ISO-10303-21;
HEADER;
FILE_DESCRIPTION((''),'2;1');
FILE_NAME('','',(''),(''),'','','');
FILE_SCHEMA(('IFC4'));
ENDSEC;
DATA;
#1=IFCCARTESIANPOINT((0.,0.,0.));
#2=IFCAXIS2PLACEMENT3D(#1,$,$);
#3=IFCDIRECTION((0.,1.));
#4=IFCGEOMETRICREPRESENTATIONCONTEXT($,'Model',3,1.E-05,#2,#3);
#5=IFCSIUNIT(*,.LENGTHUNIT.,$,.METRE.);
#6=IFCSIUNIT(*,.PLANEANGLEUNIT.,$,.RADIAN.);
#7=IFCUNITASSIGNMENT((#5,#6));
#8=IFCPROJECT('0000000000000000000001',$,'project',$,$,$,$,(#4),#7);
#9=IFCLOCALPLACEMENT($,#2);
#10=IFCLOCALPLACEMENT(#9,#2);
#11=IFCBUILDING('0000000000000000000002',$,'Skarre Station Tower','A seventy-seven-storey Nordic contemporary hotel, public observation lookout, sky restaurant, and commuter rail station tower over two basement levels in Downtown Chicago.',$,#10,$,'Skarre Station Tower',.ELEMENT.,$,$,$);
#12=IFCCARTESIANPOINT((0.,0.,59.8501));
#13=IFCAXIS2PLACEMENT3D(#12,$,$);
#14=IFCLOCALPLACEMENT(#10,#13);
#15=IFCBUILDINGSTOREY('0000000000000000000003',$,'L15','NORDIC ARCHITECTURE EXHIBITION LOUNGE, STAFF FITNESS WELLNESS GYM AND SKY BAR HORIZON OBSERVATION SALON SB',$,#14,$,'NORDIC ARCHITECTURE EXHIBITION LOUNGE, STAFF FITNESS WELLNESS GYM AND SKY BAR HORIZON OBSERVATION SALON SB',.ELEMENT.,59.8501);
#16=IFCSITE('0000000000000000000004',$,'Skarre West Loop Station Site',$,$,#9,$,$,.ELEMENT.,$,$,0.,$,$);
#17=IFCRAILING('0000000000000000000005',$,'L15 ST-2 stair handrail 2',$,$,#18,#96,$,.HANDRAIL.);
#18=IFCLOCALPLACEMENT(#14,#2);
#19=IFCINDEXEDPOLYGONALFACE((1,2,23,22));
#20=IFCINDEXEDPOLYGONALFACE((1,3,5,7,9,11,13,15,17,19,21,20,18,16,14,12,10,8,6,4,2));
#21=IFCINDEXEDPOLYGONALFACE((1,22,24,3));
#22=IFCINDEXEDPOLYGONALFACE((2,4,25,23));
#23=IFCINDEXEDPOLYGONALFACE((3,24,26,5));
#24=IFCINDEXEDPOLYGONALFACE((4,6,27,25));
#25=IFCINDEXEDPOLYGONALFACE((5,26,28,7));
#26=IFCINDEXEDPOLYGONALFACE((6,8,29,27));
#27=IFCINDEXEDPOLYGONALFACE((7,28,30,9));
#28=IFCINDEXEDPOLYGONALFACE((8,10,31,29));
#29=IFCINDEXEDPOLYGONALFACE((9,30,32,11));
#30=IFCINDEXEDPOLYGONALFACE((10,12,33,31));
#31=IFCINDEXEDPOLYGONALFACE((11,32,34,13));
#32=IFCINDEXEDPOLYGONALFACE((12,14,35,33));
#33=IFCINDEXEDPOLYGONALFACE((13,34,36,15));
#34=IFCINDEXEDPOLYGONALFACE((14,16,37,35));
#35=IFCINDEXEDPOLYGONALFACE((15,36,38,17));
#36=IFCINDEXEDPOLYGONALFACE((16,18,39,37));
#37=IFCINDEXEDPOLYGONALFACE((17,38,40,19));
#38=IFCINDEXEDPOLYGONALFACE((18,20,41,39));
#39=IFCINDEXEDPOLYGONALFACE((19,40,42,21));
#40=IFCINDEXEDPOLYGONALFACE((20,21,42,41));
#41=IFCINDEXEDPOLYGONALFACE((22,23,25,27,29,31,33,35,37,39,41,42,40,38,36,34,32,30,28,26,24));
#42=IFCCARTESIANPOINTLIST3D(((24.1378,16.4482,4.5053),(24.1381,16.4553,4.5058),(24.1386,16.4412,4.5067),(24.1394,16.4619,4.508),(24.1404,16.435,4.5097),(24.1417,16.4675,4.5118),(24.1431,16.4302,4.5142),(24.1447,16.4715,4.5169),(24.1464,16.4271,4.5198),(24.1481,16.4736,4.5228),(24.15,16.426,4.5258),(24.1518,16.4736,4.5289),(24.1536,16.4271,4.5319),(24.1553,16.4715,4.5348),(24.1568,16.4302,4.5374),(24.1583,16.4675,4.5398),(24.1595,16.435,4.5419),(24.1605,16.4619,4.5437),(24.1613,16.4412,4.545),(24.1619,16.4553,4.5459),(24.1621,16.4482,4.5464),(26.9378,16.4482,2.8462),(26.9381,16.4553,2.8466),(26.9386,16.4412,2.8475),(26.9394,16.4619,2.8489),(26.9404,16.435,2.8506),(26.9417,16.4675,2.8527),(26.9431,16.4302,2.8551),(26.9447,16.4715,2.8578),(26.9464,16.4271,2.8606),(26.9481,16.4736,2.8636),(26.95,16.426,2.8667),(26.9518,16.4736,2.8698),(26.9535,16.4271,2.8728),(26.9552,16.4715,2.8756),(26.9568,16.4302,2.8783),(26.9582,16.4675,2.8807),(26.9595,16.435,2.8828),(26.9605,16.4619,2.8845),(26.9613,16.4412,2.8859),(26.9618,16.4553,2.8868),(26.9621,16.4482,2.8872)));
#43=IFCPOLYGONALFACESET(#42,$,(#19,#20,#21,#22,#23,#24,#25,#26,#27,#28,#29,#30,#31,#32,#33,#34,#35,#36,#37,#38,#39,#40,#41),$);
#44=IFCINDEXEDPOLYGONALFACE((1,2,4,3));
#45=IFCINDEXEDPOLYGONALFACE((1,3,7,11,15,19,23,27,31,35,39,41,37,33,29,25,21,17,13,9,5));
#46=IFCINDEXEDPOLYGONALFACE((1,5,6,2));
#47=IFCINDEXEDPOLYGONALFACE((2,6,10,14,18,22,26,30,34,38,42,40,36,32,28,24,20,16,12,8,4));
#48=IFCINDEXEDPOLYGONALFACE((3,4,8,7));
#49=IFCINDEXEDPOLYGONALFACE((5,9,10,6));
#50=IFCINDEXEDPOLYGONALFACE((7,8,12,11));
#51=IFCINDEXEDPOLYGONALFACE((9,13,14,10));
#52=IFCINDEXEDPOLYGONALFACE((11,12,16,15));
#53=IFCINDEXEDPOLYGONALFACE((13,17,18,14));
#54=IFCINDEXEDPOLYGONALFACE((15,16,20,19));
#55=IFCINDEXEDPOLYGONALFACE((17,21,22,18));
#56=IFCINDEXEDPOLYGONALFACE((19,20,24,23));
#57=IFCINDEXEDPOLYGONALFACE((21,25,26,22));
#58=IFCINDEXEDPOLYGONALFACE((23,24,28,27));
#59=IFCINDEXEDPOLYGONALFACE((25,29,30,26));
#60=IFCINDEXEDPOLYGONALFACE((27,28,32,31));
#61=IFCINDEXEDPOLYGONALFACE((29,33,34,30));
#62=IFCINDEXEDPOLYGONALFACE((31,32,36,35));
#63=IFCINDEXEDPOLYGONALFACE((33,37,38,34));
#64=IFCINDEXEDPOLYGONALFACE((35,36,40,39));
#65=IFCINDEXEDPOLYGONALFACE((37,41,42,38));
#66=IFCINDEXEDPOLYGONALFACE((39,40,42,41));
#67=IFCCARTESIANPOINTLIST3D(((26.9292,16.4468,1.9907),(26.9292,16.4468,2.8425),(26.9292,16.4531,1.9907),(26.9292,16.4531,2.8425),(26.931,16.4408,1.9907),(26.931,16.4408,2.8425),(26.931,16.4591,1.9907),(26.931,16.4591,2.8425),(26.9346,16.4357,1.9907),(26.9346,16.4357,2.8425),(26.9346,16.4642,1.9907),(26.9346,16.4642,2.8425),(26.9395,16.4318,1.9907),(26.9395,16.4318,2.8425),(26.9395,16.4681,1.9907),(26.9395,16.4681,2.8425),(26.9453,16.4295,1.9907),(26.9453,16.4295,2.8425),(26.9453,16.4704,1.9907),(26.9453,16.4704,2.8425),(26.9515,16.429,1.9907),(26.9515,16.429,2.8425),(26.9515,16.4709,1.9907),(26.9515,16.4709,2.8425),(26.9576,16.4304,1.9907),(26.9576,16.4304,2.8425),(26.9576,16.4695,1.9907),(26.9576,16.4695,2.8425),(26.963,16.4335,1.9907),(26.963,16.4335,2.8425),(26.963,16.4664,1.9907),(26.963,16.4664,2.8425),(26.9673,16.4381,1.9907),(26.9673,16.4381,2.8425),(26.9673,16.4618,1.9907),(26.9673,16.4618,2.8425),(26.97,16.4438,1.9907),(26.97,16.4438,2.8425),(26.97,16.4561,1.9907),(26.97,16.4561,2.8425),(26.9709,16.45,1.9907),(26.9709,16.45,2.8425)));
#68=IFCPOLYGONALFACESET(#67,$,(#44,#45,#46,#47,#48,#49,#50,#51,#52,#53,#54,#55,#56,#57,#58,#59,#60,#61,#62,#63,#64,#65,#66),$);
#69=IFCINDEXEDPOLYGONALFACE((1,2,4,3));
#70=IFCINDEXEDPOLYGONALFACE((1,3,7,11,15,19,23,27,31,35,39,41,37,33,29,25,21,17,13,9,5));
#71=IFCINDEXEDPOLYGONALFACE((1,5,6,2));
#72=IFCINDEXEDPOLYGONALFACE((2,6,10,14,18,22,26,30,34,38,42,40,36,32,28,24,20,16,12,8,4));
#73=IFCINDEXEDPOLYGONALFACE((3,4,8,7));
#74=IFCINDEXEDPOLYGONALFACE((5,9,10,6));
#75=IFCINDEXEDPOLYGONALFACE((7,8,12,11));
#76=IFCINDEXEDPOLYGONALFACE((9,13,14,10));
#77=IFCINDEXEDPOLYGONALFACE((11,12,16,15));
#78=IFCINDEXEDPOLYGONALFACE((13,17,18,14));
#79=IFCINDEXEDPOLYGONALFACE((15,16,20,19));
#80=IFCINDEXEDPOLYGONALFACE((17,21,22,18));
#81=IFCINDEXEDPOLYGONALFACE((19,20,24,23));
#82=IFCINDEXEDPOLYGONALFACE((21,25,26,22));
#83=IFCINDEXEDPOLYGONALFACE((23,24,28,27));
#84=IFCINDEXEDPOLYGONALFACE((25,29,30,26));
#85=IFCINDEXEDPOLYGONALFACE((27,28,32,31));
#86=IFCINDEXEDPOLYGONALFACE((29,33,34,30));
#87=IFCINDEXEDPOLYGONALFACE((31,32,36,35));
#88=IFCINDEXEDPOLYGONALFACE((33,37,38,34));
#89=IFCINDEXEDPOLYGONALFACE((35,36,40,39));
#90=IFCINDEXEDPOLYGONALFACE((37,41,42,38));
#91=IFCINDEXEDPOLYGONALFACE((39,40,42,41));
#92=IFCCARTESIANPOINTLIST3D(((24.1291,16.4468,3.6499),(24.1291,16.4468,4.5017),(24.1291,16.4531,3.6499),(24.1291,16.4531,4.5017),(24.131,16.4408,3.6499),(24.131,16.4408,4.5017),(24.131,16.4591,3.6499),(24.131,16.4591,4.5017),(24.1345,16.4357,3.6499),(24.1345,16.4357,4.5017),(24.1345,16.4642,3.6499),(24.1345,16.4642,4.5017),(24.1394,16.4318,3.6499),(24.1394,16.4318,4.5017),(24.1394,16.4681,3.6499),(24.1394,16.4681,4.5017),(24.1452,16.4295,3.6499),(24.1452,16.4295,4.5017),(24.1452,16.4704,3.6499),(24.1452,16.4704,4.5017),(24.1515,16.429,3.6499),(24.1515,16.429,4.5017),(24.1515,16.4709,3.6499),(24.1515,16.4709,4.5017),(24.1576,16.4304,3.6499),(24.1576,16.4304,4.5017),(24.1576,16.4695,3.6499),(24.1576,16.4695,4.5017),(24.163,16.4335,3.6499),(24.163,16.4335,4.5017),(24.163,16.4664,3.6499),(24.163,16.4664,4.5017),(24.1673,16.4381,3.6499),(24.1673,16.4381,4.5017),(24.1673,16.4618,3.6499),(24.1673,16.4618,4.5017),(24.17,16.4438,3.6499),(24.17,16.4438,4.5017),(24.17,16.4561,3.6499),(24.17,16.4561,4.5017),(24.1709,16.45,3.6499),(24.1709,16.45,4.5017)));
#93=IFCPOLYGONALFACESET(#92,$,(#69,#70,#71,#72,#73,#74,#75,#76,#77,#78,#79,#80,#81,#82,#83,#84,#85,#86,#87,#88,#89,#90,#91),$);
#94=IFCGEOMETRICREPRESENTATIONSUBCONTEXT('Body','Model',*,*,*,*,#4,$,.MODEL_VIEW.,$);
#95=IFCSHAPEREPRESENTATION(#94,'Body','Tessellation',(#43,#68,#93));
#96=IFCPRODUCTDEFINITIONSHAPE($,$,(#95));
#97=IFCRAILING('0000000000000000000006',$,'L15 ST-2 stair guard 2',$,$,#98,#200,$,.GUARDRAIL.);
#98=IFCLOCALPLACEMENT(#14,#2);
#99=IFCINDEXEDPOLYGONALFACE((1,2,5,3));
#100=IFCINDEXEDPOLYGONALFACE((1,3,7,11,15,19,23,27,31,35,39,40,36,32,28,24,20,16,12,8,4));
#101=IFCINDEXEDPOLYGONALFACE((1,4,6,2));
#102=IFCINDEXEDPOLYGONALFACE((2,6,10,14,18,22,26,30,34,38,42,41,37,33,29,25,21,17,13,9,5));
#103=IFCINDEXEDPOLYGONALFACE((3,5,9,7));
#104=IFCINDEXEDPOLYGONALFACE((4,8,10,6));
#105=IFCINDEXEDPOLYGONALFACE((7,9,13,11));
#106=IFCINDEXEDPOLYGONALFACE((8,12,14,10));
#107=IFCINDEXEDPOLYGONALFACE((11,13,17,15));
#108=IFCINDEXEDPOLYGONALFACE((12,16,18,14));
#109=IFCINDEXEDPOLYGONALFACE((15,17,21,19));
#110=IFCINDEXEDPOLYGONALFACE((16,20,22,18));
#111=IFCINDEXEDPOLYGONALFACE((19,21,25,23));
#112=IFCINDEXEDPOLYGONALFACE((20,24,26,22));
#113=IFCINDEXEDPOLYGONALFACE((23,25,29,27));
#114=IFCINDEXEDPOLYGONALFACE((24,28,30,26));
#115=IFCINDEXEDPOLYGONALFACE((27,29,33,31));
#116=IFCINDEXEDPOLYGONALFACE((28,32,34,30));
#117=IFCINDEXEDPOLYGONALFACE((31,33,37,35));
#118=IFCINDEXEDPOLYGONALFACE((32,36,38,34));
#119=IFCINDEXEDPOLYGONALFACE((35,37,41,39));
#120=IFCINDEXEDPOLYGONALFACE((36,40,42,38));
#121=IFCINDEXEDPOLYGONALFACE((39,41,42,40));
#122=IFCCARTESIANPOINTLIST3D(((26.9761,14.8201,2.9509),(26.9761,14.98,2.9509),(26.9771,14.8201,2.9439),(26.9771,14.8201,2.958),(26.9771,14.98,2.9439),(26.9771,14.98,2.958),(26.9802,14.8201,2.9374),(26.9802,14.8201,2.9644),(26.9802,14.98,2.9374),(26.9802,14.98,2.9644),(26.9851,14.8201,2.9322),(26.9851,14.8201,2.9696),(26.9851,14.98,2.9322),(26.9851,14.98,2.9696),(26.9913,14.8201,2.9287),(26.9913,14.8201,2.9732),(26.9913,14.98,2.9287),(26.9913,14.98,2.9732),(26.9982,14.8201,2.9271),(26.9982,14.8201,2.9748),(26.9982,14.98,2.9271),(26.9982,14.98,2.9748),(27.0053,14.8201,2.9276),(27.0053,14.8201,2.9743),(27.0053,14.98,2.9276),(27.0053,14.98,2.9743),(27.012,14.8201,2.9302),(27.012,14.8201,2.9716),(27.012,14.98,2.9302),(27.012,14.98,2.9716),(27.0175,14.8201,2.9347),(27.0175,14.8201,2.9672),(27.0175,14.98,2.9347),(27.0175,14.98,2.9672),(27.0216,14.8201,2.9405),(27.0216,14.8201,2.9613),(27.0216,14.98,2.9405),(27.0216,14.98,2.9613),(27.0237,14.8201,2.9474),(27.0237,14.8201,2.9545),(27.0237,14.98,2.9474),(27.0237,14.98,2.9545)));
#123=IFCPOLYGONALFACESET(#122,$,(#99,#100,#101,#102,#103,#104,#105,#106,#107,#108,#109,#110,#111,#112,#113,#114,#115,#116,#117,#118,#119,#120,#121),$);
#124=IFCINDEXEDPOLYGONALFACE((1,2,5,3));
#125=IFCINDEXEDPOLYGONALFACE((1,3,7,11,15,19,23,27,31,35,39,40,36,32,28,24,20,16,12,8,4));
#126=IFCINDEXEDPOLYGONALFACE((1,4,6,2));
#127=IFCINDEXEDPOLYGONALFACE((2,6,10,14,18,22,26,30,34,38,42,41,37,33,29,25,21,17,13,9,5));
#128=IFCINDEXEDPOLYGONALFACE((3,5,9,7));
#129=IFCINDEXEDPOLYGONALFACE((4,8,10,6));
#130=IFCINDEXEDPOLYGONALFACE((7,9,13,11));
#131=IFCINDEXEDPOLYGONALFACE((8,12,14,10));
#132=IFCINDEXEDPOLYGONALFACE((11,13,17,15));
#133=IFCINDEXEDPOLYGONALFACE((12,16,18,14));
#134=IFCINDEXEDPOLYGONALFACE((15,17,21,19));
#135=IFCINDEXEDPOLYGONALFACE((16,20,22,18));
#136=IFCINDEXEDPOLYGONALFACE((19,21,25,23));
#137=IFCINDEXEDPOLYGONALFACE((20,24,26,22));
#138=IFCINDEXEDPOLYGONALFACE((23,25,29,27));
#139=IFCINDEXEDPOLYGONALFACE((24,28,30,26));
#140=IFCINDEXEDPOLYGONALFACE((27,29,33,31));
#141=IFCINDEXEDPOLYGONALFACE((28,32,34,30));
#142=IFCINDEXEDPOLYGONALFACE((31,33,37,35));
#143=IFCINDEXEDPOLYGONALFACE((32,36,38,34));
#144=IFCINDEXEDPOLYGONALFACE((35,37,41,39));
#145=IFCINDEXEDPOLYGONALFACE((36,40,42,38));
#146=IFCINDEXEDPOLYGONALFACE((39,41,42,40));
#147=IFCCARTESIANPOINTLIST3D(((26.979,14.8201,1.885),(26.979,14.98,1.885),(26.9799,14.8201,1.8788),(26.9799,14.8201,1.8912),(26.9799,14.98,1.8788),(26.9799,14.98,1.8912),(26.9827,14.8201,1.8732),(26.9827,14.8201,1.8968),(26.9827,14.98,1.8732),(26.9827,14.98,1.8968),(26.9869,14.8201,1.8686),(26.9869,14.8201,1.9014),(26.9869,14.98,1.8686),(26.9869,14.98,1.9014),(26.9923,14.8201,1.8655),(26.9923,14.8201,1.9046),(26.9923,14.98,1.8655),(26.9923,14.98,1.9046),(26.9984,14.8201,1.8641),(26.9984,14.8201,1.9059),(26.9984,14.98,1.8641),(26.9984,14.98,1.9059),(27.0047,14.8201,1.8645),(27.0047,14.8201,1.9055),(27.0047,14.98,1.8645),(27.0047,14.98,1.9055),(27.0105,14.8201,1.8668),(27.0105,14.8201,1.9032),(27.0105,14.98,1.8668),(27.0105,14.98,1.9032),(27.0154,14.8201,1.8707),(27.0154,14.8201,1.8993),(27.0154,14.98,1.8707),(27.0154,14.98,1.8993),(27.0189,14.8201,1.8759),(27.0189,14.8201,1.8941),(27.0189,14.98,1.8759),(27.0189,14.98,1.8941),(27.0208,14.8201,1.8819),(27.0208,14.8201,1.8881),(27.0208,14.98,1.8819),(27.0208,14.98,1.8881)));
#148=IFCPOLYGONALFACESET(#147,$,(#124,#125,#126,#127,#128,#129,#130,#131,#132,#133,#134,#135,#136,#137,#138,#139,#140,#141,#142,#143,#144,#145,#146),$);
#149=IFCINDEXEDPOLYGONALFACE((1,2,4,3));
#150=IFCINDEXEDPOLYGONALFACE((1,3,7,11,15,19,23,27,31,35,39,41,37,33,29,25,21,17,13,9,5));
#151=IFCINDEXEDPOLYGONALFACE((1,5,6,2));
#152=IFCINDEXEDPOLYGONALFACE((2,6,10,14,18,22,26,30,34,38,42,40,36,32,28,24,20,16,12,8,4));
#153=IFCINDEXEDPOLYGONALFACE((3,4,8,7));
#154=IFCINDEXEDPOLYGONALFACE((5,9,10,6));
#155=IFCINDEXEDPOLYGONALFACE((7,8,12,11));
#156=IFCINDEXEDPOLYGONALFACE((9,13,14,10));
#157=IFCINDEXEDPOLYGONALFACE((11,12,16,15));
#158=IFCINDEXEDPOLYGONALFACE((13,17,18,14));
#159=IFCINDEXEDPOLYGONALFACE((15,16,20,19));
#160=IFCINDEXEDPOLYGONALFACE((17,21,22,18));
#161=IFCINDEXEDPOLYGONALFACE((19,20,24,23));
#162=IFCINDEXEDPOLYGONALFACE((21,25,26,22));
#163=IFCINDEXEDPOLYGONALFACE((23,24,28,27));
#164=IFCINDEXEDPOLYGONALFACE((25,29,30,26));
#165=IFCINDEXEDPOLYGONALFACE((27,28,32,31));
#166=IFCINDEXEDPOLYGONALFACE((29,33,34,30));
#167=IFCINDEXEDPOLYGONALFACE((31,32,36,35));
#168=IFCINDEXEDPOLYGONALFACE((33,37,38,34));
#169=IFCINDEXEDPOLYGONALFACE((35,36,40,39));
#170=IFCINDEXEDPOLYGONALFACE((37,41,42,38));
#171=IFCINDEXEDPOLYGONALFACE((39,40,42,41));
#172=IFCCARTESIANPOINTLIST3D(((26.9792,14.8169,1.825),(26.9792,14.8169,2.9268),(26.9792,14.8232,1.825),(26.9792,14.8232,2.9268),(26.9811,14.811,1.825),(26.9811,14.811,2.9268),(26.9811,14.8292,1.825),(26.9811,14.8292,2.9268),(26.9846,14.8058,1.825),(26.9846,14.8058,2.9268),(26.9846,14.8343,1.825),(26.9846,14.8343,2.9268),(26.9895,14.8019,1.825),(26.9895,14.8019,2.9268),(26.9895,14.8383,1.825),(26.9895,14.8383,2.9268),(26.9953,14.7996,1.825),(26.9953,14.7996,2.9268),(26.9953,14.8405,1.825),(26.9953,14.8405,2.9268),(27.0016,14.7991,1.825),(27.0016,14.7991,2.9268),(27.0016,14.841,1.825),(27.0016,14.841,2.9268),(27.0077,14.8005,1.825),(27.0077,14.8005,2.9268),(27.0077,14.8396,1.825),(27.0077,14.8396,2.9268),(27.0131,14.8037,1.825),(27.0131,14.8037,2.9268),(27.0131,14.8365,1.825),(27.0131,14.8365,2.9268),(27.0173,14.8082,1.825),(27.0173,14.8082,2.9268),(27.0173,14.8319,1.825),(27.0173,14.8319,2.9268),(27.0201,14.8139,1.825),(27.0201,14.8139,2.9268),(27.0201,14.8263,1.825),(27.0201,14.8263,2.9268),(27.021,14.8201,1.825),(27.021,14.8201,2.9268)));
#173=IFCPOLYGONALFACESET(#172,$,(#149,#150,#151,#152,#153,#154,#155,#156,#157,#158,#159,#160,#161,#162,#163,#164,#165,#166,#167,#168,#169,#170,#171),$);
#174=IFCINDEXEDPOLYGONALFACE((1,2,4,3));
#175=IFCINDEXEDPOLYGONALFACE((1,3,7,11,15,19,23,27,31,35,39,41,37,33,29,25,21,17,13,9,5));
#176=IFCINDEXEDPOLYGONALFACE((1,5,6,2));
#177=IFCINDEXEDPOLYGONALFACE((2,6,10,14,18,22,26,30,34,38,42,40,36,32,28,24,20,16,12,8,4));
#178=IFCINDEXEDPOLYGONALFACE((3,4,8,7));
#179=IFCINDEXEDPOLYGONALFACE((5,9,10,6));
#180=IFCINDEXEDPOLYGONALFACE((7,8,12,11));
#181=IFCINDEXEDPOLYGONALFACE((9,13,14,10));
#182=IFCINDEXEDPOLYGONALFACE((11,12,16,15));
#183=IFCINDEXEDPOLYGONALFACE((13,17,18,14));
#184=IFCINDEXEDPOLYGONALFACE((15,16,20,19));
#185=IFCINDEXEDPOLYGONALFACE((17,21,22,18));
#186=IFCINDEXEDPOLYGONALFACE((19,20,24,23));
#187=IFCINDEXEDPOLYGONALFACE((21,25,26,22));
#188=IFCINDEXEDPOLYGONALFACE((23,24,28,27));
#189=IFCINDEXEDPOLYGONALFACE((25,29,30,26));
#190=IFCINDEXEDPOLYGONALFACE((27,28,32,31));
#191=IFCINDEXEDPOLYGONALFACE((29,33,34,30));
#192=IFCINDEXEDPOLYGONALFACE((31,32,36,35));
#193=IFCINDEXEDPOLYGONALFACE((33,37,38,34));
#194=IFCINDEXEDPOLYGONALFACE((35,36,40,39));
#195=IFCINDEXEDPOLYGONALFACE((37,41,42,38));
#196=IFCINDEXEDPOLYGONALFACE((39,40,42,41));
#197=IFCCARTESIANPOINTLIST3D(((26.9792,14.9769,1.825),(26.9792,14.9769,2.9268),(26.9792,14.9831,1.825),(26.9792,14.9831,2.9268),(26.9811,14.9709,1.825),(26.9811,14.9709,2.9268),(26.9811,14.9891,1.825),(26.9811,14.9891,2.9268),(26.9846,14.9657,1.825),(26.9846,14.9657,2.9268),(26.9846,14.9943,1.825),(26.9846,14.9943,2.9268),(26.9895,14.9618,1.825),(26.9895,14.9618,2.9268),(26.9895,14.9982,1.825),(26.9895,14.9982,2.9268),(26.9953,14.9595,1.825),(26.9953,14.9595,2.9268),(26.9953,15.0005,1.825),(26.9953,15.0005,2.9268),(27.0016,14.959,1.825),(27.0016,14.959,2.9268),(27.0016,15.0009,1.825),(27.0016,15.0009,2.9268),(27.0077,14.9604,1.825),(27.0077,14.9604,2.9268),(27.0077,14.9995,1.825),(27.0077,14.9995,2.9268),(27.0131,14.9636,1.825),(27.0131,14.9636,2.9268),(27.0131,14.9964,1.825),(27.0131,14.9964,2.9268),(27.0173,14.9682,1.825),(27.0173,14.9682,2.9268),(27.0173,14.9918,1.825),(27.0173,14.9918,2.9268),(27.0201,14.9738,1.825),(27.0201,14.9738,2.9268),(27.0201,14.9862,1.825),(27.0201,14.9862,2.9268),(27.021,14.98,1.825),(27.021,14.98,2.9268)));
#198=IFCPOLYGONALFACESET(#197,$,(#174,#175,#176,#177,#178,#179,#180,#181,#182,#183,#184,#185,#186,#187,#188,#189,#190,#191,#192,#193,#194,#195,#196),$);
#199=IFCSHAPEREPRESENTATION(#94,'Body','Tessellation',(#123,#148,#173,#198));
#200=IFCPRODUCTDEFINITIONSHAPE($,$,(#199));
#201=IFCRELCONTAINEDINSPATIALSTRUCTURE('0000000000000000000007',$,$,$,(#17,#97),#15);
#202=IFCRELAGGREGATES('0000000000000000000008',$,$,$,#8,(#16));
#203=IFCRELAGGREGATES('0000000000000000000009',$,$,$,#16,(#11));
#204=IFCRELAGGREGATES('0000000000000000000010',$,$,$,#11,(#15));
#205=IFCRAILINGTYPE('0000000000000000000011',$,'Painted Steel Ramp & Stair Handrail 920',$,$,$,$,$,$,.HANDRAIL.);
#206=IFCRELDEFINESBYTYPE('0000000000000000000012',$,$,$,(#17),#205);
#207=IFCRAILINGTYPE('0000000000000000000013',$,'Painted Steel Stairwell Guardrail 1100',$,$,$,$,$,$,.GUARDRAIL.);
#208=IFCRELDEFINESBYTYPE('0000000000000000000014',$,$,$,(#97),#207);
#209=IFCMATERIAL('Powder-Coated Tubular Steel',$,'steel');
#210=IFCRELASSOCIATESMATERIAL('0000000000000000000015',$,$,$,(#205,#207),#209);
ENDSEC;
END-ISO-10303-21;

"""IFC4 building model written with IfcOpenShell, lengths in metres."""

from ifc_helpers import new_model, si_unit, direction, frame, origin, origin_2d, place, context, subcontext, project, spatial, circle, extrude, material, type_object, element, save


model = new_model("IFC4")

# Units and contexts
model_context = context("Model", 3, precision=1e-05, world=origin(), true_north=direction((0.0, 1.0)))
body_context = subcontext(model_context, "Body", "Model", "MODEL_VIEW")
ifc_project = project(units=[si_unit("LENGTHUNIT", "METRE"), si_unit("PLANEANGLEUNIT", "RADIAN")], contexts=[model_context])

# Site, building, storey
site_placement = place(None, origin())
site = spatial("IfcSite", under=ifc_project, at=site_placement, Name="Skarre West Loop Station Site", CompositionType="ELEMENT", RefElevation=0.0)
building_placement = place(site_placement, origin())
building = spatial("IfcBuilding", under=site, at=building_placement, Name="Skarre Station Tower", Description="A seventy-seven-storey Nordic contemporary hotel, public observation lookout, sky restaurant, and commuter rail station tower over two basement levels in Downtown Chicago.", LongName="Skarre Station Tower", CompositionType="ELEMENT")
storey_placement = place(building_placement, frame((0.0, 0.0, 59.8501)))
storey = spatial("IfcBuildingStorey", under=building, at=storey_placement, Name="L15", Description="NORDIC ARCHITECTURE EXHIBITION LOUNGE, STAFF FITNESS WELLNESS GYM AND SKY BAR HORIZON OBSERVATION SALON SB", LongName="NORDIC ARCHITECTURE EXHIBITION LOUNGE, STAFF FITNESS WELLNESS GYM AND SKY BAR HORIZON OBSERVATION SALON SB", CompositionType="ELEMENT", Elevation=59.8501)

# Railings
ifc_material_1 = material(Name="Powder-Coated Tubular Steel", Category="steel")
railing_type_1 = type_object("IfcRailingType", Name="Painted Steel Ramp & Stair Handrail 920", PredefinedType="HANDRAIL", material=ifc_material_1)
railing_1_placement = place(storey_placement, frame((26.95, 16.45, 1.9907)))
element("IfcRailing", 1, at=railing_1_placement, inside=storey, type_object=railing_type_1, Name="L15 ST-2 stair handrail 2", PredefinedType="HANDRAIL", context=body_context, shape_type="SweptSolid", body=[
    extrude(circle(Radius=0.0239, at=origin_2d()), frame((0.0, 0.0, 0.876), z_axis=(-0.860306, 0.0, 0.509778), x_axis=(0.0, -1.0, 0.0)), (0.0, 0.0, 1.0), 3.2546),
    extrude(circle(Radius=0.021, at=origin_2d()), origin(), (0.0, 0.0, 1.0), 0.8518),
    extrude(circle(Radius=0.021, at=origin_2d()), frame((-2.8, 0.0, 1.6592)), (0.0, 0.0, 1.0), 0.8518),
])
railing_type_2 = type_object("IfcRailingType", Name="Painted Steel Stairwell Guardrail 1100", PredefinedType="GUARDRAIL", material=ifc_material_1)
railing_2_placement = place(storey_placement, frame((27.0, 14.8201, 1.825)))
element("IfcRailing", 2, at=railing_2_placement, inside=storey, type_object=railing_type_2, Name="L15 ST-2 stair guard 2", PredefinedType="GUARDRAIL", context=body_context, shape_type="SweptSolid", body=[
    extrude(circle(Radius=0.0239, at=origin_2d()), frame((0.0, 0.0, 1.126), z_axis=(0.0, 1.0, 0.0), x_axis=(-1.0, 0.0, 0.0)), (0.0, 0.0, 1.0), 0.1599),
    extrude(circle(Radius=0.021, at=origin_2d()), frame((0.0, 0.0, 0.0601), z_axis=(0.0, 1.0, 0.0), x_axis=(-1.0, 0.0, 0.0)), (0.0, 0.0, 1.0), 0.1599),
    extrude(circle(Radius=0.021, at=origin_2d()), origin(), (0.0, 0.0, 1.0), 1.1018),
    extrude(circle(Radius=0.021, at=origin_2d()), frame((0.0, 0.1599, 0.0)), (0.0, 0.0, 1.0), 1.1018),
])

save(model, "model.ifc")
